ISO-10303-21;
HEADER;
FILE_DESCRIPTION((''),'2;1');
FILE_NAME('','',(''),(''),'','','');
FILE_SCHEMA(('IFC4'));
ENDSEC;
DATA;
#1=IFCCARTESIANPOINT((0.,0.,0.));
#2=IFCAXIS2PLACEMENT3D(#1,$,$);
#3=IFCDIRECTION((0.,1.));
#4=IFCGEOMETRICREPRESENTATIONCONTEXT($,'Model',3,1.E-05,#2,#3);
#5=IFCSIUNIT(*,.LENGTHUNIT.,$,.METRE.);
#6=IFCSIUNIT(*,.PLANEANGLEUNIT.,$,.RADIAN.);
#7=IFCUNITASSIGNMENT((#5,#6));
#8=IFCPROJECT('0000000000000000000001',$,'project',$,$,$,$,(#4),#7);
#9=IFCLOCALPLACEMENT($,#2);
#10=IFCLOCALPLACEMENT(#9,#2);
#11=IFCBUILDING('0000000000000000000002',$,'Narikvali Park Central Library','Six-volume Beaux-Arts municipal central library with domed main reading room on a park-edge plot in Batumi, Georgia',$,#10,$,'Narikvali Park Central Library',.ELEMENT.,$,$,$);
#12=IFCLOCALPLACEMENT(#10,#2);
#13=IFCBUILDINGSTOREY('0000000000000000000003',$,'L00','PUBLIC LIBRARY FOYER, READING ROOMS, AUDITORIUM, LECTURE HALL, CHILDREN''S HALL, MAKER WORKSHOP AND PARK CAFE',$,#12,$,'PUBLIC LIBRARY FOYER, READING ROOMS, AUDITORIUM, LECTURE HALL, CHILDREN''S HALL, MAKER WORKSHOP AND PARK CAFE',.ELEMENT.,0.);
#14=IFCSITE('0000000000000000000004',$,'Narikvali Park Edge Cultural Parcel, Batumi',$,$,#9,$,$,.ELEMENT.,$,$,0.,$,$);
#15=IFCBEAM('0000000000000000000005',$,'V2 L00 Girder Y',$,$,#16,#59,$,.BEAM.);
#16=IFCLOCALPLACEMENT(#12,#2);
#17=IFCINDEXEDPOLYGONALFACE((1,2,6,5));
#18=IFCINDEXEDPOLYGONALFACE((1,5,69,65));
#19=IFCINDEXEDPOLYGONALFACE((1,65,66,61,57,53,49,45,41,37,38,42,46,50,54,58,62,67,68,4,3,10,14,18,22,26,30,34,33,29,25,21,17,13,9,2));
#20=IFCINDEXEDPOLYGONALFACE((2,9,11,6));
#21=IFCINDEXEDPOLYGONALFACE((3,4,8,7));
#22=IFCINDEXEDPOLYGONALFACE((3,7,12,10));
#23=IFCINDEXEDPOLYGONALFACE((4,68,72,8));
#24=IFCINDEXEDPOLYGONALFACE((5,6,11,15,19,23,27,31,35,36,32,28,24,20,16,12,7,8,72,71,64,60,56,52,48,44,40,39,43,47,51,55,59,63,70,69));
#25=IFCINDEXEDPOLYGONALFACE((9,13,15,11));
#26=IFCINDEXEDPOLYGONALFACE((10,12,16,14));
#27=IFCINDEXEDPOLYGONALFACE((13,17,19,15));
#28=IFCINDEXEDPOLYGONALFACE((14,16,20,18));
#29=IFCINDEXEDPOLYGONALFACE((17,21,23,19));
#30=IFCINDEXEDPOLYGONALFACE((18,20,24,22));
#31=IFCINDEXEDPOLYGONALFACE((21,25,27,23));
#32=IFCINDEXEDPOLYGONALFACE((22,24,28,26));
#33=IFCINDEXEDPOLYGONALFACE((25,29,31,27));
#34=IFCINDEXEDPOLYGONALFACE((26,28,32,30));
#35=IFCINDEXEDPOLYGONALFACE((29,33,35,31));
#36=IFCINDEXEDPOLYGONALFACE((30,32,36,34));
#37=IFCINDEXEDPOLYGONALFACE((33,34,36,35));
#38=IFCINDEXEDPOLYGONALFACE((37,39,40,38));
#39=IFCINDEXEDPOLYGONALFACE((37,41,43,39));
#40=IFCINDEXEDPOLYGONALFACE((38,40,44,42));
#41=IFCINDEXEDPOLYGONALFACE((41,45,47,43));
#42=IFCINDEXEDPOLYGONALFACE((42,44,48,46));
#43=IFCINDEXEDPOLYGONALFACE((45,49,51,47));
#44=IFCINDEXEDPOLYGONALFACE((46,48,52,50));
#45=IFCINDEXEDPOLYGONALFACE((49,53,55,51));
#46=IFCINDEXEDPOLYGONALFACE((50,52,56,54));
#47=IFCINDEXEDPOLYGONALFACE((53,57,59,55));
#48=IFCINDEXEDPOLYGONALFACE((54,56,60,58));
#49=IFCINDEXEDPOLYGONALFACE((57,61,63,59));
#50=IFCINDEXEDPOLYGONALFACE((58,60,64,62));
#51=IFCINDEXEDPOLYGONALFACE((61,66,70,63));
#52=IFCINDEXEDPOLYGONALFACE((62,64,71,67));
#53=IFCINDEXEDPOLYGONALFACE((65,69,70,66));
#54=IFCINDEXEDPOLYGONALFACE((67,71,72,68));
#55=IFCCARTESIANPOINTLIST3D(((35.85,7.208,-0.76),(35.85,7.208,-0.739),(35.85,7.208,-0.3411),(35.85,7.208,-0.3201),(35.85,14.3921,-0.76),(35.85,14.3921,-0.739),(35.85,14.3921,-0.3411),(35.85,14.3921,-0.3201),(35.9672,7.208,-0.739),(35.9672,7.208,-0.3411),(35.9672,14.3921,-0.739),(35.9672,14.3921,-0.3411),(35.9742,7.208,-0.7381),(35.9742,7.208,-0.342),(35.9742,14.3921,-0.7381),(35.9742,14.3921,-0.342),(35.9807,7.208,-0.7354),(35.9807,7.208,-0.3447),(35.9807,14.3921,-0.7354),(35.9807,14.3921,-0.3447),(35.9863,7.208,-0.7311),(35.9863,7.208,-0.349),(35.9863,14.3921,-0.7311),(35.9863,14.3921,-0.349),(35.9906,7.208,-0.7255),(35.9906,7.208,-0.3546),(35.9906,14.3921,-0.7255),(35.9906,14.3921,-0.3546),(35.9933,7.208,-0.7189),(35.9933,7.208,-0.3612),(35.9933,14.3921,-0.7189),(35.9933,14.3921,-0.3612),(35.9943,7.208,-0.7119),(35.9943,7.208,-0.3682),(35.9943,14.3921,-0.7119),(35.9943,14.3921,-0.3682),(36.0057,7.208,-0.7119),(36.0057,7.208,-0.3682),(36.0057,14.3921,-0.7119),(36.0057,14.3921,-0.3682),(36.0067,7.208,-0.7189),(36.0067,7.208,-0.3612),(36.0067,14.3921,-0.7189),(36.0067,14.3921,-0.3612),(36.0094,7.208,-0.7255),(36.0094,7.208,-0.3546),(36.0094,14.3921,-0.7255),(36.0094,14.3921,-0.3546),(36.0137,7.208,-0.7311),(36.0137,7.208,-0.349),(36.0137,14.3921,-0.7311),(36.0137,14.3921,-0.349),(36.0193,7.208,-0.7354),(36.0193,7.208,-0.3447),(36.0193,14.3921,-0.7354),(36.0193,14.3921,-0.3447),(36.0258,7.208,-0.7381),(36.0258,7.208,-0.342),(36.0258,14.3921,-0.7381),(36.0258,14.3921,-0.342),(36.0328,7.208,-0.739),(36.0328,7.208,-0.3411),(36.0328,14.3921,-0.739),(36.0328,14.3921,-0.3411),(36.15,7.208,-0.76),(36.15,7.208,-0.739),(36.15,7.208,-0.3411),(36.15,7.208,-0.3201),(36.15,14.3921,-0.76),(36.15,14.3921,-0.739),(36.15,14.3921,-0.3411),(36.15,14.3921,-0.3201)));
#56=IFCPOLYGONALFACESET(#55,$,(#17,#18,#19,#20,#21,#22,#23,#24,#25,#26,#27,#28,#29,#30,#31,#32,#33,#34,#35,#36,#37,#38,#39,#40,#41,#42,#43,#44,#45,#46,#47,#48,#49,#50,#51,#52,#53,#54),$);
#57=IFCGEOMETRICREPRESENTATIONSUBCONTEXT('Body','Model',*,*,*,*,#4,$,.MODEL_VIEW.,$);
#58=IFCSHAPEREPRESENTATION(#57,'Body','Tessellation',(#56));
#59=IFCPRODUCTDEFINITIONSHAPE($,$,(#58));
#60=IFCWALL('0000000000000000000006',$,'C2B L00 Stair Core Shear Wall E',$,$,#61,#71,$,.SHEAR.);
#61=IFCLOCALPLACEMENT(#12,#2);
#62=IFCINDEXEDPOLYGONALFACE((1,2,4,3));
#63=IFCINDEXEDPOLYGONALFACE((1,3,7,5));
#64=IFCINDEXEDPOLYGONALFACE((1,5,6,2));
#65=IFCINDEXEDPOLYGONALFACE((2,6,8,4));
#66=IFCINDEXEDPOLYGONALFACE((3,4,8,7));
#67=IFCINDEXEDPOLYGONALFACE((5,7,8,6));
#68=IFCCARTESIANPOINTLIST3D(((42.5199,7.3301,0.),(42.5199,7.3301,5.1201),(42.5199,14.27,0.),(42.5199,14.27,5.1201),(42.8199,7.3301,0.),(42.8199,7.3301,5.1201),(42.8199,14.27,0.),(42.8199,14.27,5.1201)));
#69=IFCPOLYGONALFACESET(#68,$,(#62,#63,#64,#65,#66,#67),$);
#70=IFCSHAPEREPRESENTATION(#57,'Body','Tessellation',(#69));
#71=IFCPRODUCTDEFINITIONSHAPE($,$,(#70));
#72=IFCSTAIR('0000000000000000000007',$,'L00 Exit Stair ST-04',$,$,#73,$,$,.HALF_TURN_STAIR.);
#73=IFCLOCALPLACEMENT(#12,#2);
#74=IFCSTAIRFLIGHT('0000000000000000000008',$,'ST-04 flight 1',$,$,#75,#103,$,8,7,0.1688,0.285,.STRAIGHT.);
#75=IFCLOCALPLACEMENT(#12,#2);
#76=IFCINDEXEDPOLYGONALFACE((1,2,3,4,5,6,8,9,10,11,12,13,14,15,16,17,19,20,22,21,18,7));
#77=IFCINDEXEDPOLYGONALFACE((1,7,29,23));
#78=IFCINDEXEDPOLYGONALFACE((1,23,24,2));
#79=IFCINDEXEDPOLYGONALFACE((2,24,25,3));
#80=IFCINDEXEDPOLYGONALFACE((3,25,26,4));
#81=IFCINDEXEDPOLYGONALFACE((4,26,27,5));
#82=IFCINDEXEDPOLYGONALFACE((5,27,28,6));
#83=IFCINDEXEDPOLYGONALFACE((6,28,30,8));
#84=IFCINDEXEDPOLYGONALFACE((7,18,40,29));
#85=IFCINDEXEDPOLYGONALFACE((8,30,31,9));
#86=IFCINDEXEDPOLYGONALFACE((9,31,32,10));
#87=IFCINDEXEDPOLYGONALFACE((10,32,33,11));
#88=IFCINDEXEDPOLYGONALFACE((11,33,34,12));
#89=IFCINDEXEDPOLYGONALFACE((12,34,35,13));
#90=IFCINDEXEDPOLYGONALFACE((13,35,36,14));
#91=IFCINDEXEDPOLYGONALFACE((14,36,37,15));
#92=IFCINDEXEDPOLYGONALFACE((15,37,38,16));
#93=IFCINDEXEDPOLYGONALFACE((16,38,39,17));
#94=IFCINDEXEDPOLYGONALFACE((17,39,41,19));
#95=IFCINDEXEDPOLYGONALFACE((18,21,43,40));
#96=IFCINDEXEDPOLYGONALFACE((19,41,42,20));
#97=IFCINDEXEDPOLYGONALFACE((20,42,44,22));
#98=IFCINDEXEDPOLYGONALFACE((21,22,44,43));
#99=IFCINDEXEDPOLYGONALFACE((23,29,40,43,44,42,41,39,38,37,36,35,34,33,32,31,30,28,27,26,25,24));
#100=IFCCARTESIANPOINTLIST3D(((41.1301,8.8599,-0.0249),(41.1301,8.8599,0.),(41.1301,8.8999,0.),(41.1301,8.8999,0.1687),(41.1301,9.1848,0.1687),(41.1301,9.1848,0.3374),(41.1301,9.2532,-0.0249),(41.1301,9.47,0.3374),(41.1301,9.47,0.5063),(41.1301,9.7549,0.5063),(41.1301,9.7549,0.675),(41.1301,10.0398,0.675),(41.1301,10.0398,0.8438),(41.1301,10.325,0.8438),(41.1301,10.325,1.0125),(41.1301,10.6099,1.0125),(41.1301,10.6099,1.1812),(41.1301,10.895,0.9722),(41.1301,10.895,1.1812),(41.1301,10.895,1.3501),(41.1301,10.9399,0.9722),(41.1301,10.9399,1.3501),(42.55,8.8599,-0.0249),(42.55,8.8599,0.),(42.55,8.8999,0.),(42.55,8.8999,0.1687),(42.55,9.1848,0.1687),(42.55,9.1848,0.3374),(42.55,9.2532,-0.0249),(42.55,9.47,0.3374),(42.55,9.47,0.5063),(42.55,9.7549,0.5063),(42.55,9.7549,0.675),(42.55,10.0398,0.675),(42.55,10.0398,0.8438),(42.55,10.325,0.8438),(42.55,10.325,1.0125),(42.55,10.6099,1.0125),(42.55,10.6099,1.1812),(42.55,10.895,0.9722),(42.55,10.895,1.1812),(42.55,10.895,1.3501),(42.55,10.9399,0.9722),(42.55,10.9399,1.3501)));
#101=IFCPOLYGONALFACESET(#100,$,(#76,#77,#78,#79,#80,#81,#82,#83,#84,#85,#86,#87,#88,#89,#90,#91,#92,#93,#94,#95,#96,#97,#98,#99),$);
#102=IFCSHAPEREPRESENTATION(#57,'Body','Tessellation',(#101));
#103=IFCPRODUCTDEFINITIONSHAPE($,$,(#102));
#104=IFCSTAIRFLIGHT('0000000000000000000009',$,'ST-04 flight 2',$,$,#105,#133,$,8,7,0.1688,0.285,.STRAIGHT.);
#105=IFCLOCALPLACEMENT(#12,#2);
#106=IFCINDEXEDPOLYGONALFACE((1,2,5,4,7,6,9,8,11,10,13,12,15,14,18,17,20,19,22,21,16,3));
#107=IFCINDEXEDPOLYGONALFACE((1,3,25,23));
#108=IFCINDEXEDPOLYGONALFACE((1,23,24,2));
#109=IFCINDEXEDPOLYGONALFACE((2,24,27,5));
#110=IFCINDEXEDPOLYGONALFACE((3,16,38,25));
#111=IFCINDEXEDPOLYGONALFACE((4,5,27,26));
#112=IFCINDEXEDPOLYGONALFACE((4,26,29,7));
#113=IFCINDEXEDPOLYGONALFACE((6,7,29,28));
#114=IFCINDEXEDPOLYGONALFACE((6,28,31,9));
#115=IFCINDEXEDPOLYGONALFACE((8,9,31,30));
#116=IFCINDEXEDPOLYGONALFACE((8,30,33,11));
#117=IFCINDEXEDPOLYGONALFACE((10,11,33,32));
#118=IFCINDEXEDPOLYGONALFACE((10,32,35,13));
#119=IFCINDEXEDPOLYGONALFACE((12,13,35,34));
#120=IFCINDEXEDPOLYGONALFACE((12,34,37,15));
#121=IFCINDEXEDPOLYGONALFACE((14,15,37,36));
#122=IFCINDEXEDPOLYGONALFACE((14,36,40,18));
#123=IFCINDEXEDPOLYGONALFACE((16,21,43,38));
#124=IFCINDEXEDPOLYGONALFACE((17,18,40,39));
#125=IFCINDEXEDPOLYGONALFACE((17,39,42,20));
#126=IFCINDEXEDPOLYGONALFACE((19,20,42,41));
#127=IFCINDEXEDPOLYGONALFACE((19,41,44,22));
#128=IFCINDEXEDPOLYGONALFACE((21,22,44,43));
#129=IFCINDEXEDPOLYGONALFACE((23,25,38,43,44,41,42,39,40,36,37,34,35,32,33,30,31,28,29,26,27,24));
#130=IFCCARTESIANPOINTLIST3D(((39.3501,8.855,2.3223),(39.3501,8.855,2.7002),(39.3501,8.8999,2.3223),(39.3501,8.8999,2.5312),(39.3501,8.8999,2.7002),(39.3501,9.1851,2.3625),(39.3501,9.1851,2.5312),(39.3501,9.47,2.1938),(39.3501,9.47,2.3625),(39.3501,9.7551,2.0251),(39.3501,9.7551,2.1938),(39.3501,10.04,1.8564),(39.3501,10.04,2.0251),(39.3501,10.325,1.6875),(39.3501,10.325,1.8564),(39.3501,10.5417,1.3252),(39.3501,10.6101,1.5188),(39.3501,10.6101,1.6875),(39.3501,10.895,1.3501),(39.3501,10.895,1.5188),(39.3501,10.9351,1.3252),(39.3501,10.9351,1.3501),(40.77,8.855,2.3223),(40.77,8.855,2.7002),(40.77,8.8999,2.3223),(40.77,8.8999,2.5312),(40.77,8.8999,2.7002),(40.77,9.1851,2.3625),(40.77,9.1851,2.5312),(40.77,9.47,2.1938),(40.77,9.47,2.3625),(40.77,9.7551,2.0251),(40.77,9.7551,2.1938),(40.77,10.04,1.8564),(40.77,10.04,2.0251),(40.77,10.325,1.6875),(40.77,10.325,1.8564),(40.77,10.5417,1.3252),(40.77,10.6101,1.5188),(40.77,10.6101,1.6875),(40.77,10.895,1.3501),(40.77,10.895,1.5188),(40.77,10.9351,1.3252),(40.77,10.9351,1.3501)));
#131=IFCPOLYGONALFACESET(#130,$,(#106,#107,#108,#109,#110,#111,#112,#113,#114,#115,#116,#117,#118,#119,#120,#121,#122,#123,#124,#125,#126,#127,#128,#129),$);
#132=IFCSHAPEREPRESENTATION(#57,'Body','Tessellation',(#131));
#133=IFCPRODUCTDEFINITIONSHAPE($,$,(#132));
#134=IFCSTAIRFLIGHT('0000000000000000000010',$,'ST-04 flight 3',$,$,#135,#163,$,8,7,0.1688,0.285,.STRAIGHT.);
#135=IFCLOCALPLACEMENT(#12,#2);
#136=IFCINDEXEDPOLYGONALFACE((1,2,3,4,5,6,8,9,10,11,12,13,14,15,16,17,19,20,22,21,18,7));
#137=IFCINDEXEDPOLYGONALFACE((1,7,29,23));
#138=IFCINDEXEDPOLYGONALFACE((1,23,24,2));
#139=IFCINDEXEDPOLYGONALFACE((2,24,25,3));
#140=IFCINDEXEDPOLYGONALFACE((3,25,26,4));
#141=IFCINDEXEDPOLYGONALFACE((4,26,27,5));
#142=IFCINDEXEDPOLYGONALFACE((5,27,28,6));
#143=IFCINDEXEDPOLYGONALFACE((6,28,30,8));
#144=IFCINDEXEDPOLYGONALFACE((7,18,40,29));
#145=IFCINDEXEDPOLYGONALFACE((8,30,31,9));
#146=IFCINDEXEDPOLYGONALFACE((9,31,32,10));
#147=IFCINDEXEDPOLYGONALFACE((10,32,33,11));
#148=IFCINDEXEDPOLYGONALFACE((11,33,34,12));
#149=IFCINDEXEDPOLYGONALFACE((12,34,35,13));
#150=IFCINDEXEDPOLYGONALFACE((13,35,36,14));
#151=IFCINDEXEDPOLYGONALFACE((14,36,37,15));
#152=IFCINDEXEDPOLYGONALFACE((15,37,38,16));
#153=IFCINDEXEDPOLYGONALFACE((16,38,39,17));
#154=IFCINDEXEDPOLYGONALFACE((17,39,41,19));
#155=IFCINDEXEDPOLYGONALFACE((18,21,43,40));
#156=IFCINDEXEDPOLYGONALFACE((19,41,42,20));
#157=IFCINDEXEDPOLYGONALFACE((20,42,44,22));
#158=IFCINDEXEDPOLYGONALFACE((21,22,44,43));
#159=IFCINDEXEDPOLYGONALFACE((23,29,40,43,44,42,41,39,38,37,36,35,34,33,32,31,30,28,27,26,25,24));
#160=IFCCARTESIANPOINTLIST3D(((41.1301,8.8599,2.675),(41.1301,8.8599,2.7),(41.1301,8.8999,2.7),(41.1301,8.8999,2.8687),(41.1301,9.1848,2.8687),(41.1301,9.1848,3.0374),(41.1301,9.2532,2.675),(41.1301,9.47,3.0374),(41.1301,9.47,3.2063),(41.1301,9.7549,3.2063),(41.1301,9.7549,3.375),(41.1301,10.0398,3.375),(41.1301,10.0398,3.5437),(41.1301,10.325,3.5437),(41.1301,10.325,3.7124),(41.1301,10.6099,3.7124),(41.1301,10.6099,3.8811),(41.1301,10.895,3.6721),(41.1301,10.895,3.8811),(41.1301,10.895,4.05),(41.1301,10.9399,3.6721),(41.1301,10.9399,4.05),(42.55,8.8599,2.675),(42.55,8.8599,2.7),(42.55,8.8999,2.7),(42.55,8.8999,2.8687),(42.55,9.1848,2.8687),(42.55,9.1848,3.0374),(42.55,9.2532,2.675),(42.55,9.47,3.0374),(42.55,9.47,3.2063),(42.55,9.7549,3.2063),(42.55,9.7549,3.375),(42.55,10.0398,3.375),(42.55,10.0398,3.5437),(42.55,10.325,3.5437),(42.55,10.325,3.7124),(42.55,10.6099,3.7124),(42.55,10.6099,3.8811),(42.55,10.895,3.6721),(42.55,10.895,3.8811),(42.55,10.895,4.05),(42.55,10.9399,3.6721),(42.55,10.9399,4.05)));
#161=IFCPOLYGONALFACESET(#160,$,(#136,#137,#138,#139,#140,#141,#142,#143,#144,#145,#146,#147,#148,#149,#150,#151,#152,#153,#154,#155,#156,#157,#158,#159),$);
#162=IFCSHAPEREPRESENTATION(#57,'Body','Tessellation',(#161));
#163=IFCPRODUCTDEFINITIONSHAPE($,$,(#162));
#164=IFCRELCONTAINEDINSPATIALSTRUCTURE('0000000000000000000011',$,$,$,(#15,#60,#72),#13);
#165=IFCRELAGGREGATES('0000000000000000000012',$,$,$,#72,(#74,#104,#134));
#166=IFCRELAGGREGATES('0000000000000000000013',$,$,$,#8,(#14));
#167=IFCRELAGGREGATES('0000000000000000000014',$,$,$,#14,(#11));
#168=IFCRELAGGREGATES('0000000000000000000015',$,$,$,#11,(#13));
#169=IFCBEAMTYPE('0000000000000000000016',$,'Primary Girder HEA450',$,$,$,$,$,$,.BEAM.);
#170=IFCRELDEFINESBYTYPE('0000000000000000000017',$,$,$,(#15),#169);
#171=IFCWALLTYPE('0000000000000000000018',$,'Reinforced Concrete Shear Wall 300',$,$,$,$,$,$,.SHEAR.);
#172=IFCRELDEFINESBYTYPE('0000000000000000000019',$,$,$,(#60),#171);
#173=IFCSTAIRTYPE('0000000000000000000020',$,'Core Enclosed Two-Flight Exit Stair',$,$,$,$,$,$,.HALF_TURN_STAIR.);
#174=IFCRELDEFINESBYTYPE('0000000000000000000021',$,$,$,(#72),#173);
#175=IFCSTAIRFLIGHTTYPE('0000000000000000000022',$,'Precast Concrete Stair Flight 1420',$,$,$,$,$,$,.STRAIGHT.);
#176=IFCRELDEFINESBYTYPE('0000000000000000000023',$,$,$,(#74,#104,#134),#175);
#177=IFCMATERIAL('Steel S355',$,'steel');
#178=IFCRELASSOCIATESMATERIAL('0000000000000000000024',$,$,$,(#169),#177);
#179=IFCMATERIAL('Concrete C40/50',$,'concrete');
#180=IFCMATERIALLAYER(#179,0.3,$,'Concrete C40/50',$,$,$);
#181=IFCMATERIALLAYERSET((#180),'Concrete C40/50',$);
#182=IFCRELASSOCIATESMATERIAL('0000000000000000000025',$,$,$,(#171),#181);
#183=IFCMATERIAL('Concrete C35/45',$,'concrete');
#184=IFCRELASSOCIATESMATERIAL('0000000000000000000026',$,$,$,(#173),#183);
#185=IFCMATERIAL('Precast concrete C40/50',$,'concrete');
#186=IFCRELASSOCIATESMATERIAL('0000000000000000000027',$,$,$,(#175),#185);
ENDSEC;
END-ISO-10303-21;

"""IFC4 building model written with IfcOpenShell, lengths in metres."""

from ifc_helpers import new_model, si_unit, direction, frame, frame_2d, origin, origin_2d, place, context, subcontext, project, spatial, polyline, rectangle, i_section, outline, extrude, material, layer, layer_set, material_profile, profile_set, type_object, element, aggregate, save


model = new_model("IFC4")

# Units and contexts
model_context = context("Model", 3, precision=1e-05, world=origin(), true_north=direction((0.0, 1.0)))
body_context = subcontext(model_context, "Body", "Model", "MODEL_VIEW")
ifc_project = project(units=[si_unit("LENGTHUNIT", "METRE"), si_unit("PLANEANGLEUNIT", "RADIAN")], contexts=[model_context])

# Site, building, storey
site_placement = place(None, origin())
site = spatial("IfcSite", under=ifc_project, at=site_placement, Name="Narikvali Park Edge Cultural Parcel, Batumi", CompositionType="ELEMENT", RefElevation=0.0)
building_placement = place(site_placement, origin())
building = spatial("IfcBuilding", under=site, at=building_placement, Name="Narikvali Park Central Library", Description="Six-volume Beaux-Arts municipal central library with domed main reading room on a park-edge plot in Batumi, Georgia", LongName="Narikvali Park Central Library", CompositionType="ELEMENT")
storey_placement = place(building_placement, origin())
storey = spatial("IfcBuildingStorey", under=building, at=storey_placement, Name="L00", Description="PUBLIC LIBRARY FOYER, READING ROOMS, AUDITORIUM, LECTURE HALL, CHILDREN'S HALL, MAKER WORKSHOP AND PARK CAFE", LongName="PUBLIC LIBRARY FOYER, READING ROOMS, AUDITORIUM, LECTURE HALL, CHILDREN'S HALL, MAKER WORKSHOP AND PARK CAFE", CompositionType="ELEMENT", Elevation=0.0)

# Beam
ifc_material_1 = material(Name="Steel S355", Category="steel")
ifc_material_profile_1 = material_profile(ifc_material_1, i_section(OverallWidth=0.3, OverallDepth=0.4399, WebThickness=0.0115, FlangeThickness=0.021, FilletRadius=0.0271, at=origin_2d()), Name="HEA 450")
ifc_profile_set_1 = profile_set([ifc_material_profile_1], Name="Steel S355")
beam_type_1 = type_object("IfcBeamType", Name="Primary Girder HEA450", PredefinedType="BEAM", material=ifc_profile_set_1)
beam_1_placement = place(storey_placement, frame((36.0, 7.208, -0.54), z_axis=(0.0, 1.0, 0.0), x_axis=(-1.0, 0.0, 0.0)))
element("IfcBeam", 1, at=beam_1_placement, inside=storey, type_object=beam_type_1, Name="V2 L00 Girder Y", PredefinedType="BEAM", context=body_context, shape_type="SweptSolid", body=[
    extrude(i_section(OverallWidth=0.3, OverallDepth=0.4399, WebThickness=0.0115, FlangeThickness=0.021, FilletRadius=0.0271, at=origin_2d()), origin(), (0.0, 0.0, 1.0), 7.1841),
])

# Shared definitions
ifc_material_2 = material(Name="Concrete C40/50", Category="concrete")
ifc_layer_1 = layer(ifc_material_2, 0.3, Name="Concrete C40/50")
ifc_layer_set_1 = layer_set([ifc_layer_1], Name="Concrete C40/50")
wall_type = type_object("IfcWallType", Name="Reinforced Concrete Shear Wall 300", PredefinedType="SHEAR", material=ifc_layer_set_1)

# Wall
wall_1_placement = place(storey_placement, frame((42.6699, 7.3301, 0.0), z_axis=(0.0, 0.0, 1.0), x_axis=(0.0, 1.0, 0.0)))
element("IfcWall", 2, at=wall_1_placement, inside=storey, type_object=wall_type, Name="C2B L00 Stair Core Shear Wall E", PredefinedType="SHEAR", context=body_context, shape_type="SweptSolid", body=[
    extrude(rectangle(XDim=6.9399, YDim=0.3, at=frame_2d((3.47, 0.0))), origin(), (0.0, 0.0, 1.0), 5.1201),
])

# Stair, stair flights
ifc_material_3 = material(Name="Concrete C35/45", Category="concrete")
stair_type = type_object("IfcStairType", Name="Core Enclosed Two-Flight Exit Stair", PredefinedType="HALF_TURN_STAIR", material=ifc_material_3)
stair_placement = place(storey_placement, origin())
stair = element("IfcStair", 3, at=stair_placement, inside=storey, type_object=stair_type, Name="L00 Exit Stair ST-04", PredefinedType="HALF_TURN_STAIR")
ifc_material_4 = material(Name="Precast concrete C40/50", Category="concrete")
stair_flight_type = type_object("IfcStairFlightType", Name="Precast Concrete Stair Flight 1420", PredefinedType="STRAIGHT", material=ifc_material_4)
stair_flight_1_placement = place(storey_placement, frame((41.8401, 8.8999, 0.0), z_axis=(0.0, 0.0, 1.0), x_axis=(0.0, 1.0, 0.0)))
stair_flight_1 = element("IfcStairFlight", 4, at=stair_flight_1_placement, type_object=stair_flight_type, Name="ST-04 flight 1", NumberOfRisers=8, NumberOfTreads=7, PredefinedType="STRAIGHT", RiserHeight=0.1688, TreadLength=0.285, context=body_context, shape_type="SweptSolid", body=[
    extrude(outline(polyline([(-0.04, -0.0249), (-0.04, 0.0), (0.0, 0.0), (0.0, 0.1687), (0.2849, 0.1687), (0.2849, 0.3374), (0.5701, 0.3374), (0.5701, 0.5063), (0.855, 0.5063), (0.855, 0.675), (1.1399, 0.675), (1.1399, 0.8438), (1.425, 0.8438), (1.425, 1.0125), (1.71, 1.0125), (1.71, 1.1812), (1.9951, 1.1812), (1.9951, 1.3501), (2.04, 1.3501), (2.04, 0.9722), (1.9951, 0.9722), (0.3533, -0.0249), (-0.04, -0.0249)])), frame((0.0, 0.71, 0.0), z_axis=(0.0, -1.0, 0.0), x_axis=(1.0, 0.0, 0.0)), (0.0, 0.0, 1.0), 1.4199),
])
stair_flight_2_placement = place(storey_placement, frame((40.0601, 10.895, 1.3501), z_axis=(0.0, 0.0, 1.0), x_axis=(0.0, -1.0, 0.0)))
stair_flight_2 = element("IfcStairFlight", 5, at=stair_flight_2_placement, type_object=stair_flight_type, Name="ST-04 flight 2", NumberOfRisers=8, NumberOfTreads=7, PredefinedType="STRAIGHT", RiserHeight=0.1688, TreadLength=0.285, context=body_context, shape_type="SweptSolid", body=[
    extrude(outline(polyline([(-0.04, -0.0249), (-0.04, 0.0), (0.0, 0.0), (0.0, 0.1687), (0.2849, 0.1687), (0.2849, 0.3374), (0.5701, 0.3374), (0.5701, 0.5063), (0.855, 0.5063), (0.855, 0.675), (1.1399, 0.675), (1.1399, 0.8438), (1.425, 0.8438), (1.425, 1.0125), (1.71, 1.0125), (1.71, 1.1812), (1.9951, 1.1812), (1.9951, 1.3501), (2.04, 1.3501), (2.04, 0.9722), (1.9951, 0.9722), (0.3533, -0.0249), (-0.04, -0.0249)])), frame((0.0, 0.71, 0.0), z_axis=(0.0, -1.0, 0.0), x_axis=(1.0, 0.0, 0.0)), (0.0, 0.0, 1.0), 1.4199),
])
stair_flight_3_placement = place(storey_placement, frame((41.8401, 8.8999, 2.7), z_axis=(0.0, 0.0, 1.0), x_axis=(0.0, 1.0, 0.0)))
stair_flight_3 = element("IfcStairFlight", 6, at=stair_flight_3_placement, type_object=stair_flight_type, Name="ST-04 flight 3", NumberOfRisers=8, NumberOfTreads=7, PredefinedType="STRAIGHT", RiserHeight=0.1688, TreadLength=0.285, context=body_context, shape_type="SweptSolid", body=[
    extrude(outline(polyline([(-0.04, -0.0249), (-0.04, 0.0), (0.0, 0.0), (0.0, 0.1687), (0.2849, 0.1687), (0.2849, 0.3374), (0.5701, 0.3374), (0.5701, 0.5063), (0.855, 0.5063), (0.855, 0.675), (1.1399, 0.675), (1.1399, 0.8438), (1.425, 0.8438), (1.425, 1.0125), (1.71, 1.0125), (1.71, 1.1812), (1.9951, 1.1812), (1.9951, 1.3501), (2.04, 1.3501), (2.04, 0.9722), (1.9951, 0.9722), (0.3533, -0.0249), (-0.04, -0.0249)])), frame((0.0, 0.71, 0.0), z_axis=(0.0, -1.0, 0.0), x_axis=(1.0, 0.0, 0.0)), (0.0, 0.0, 1.0), 1.4199),
])
aggregate(stair, [stair_flight_1, stair_flight_2, stair_flight_3])

save(model, "model.ifc")
